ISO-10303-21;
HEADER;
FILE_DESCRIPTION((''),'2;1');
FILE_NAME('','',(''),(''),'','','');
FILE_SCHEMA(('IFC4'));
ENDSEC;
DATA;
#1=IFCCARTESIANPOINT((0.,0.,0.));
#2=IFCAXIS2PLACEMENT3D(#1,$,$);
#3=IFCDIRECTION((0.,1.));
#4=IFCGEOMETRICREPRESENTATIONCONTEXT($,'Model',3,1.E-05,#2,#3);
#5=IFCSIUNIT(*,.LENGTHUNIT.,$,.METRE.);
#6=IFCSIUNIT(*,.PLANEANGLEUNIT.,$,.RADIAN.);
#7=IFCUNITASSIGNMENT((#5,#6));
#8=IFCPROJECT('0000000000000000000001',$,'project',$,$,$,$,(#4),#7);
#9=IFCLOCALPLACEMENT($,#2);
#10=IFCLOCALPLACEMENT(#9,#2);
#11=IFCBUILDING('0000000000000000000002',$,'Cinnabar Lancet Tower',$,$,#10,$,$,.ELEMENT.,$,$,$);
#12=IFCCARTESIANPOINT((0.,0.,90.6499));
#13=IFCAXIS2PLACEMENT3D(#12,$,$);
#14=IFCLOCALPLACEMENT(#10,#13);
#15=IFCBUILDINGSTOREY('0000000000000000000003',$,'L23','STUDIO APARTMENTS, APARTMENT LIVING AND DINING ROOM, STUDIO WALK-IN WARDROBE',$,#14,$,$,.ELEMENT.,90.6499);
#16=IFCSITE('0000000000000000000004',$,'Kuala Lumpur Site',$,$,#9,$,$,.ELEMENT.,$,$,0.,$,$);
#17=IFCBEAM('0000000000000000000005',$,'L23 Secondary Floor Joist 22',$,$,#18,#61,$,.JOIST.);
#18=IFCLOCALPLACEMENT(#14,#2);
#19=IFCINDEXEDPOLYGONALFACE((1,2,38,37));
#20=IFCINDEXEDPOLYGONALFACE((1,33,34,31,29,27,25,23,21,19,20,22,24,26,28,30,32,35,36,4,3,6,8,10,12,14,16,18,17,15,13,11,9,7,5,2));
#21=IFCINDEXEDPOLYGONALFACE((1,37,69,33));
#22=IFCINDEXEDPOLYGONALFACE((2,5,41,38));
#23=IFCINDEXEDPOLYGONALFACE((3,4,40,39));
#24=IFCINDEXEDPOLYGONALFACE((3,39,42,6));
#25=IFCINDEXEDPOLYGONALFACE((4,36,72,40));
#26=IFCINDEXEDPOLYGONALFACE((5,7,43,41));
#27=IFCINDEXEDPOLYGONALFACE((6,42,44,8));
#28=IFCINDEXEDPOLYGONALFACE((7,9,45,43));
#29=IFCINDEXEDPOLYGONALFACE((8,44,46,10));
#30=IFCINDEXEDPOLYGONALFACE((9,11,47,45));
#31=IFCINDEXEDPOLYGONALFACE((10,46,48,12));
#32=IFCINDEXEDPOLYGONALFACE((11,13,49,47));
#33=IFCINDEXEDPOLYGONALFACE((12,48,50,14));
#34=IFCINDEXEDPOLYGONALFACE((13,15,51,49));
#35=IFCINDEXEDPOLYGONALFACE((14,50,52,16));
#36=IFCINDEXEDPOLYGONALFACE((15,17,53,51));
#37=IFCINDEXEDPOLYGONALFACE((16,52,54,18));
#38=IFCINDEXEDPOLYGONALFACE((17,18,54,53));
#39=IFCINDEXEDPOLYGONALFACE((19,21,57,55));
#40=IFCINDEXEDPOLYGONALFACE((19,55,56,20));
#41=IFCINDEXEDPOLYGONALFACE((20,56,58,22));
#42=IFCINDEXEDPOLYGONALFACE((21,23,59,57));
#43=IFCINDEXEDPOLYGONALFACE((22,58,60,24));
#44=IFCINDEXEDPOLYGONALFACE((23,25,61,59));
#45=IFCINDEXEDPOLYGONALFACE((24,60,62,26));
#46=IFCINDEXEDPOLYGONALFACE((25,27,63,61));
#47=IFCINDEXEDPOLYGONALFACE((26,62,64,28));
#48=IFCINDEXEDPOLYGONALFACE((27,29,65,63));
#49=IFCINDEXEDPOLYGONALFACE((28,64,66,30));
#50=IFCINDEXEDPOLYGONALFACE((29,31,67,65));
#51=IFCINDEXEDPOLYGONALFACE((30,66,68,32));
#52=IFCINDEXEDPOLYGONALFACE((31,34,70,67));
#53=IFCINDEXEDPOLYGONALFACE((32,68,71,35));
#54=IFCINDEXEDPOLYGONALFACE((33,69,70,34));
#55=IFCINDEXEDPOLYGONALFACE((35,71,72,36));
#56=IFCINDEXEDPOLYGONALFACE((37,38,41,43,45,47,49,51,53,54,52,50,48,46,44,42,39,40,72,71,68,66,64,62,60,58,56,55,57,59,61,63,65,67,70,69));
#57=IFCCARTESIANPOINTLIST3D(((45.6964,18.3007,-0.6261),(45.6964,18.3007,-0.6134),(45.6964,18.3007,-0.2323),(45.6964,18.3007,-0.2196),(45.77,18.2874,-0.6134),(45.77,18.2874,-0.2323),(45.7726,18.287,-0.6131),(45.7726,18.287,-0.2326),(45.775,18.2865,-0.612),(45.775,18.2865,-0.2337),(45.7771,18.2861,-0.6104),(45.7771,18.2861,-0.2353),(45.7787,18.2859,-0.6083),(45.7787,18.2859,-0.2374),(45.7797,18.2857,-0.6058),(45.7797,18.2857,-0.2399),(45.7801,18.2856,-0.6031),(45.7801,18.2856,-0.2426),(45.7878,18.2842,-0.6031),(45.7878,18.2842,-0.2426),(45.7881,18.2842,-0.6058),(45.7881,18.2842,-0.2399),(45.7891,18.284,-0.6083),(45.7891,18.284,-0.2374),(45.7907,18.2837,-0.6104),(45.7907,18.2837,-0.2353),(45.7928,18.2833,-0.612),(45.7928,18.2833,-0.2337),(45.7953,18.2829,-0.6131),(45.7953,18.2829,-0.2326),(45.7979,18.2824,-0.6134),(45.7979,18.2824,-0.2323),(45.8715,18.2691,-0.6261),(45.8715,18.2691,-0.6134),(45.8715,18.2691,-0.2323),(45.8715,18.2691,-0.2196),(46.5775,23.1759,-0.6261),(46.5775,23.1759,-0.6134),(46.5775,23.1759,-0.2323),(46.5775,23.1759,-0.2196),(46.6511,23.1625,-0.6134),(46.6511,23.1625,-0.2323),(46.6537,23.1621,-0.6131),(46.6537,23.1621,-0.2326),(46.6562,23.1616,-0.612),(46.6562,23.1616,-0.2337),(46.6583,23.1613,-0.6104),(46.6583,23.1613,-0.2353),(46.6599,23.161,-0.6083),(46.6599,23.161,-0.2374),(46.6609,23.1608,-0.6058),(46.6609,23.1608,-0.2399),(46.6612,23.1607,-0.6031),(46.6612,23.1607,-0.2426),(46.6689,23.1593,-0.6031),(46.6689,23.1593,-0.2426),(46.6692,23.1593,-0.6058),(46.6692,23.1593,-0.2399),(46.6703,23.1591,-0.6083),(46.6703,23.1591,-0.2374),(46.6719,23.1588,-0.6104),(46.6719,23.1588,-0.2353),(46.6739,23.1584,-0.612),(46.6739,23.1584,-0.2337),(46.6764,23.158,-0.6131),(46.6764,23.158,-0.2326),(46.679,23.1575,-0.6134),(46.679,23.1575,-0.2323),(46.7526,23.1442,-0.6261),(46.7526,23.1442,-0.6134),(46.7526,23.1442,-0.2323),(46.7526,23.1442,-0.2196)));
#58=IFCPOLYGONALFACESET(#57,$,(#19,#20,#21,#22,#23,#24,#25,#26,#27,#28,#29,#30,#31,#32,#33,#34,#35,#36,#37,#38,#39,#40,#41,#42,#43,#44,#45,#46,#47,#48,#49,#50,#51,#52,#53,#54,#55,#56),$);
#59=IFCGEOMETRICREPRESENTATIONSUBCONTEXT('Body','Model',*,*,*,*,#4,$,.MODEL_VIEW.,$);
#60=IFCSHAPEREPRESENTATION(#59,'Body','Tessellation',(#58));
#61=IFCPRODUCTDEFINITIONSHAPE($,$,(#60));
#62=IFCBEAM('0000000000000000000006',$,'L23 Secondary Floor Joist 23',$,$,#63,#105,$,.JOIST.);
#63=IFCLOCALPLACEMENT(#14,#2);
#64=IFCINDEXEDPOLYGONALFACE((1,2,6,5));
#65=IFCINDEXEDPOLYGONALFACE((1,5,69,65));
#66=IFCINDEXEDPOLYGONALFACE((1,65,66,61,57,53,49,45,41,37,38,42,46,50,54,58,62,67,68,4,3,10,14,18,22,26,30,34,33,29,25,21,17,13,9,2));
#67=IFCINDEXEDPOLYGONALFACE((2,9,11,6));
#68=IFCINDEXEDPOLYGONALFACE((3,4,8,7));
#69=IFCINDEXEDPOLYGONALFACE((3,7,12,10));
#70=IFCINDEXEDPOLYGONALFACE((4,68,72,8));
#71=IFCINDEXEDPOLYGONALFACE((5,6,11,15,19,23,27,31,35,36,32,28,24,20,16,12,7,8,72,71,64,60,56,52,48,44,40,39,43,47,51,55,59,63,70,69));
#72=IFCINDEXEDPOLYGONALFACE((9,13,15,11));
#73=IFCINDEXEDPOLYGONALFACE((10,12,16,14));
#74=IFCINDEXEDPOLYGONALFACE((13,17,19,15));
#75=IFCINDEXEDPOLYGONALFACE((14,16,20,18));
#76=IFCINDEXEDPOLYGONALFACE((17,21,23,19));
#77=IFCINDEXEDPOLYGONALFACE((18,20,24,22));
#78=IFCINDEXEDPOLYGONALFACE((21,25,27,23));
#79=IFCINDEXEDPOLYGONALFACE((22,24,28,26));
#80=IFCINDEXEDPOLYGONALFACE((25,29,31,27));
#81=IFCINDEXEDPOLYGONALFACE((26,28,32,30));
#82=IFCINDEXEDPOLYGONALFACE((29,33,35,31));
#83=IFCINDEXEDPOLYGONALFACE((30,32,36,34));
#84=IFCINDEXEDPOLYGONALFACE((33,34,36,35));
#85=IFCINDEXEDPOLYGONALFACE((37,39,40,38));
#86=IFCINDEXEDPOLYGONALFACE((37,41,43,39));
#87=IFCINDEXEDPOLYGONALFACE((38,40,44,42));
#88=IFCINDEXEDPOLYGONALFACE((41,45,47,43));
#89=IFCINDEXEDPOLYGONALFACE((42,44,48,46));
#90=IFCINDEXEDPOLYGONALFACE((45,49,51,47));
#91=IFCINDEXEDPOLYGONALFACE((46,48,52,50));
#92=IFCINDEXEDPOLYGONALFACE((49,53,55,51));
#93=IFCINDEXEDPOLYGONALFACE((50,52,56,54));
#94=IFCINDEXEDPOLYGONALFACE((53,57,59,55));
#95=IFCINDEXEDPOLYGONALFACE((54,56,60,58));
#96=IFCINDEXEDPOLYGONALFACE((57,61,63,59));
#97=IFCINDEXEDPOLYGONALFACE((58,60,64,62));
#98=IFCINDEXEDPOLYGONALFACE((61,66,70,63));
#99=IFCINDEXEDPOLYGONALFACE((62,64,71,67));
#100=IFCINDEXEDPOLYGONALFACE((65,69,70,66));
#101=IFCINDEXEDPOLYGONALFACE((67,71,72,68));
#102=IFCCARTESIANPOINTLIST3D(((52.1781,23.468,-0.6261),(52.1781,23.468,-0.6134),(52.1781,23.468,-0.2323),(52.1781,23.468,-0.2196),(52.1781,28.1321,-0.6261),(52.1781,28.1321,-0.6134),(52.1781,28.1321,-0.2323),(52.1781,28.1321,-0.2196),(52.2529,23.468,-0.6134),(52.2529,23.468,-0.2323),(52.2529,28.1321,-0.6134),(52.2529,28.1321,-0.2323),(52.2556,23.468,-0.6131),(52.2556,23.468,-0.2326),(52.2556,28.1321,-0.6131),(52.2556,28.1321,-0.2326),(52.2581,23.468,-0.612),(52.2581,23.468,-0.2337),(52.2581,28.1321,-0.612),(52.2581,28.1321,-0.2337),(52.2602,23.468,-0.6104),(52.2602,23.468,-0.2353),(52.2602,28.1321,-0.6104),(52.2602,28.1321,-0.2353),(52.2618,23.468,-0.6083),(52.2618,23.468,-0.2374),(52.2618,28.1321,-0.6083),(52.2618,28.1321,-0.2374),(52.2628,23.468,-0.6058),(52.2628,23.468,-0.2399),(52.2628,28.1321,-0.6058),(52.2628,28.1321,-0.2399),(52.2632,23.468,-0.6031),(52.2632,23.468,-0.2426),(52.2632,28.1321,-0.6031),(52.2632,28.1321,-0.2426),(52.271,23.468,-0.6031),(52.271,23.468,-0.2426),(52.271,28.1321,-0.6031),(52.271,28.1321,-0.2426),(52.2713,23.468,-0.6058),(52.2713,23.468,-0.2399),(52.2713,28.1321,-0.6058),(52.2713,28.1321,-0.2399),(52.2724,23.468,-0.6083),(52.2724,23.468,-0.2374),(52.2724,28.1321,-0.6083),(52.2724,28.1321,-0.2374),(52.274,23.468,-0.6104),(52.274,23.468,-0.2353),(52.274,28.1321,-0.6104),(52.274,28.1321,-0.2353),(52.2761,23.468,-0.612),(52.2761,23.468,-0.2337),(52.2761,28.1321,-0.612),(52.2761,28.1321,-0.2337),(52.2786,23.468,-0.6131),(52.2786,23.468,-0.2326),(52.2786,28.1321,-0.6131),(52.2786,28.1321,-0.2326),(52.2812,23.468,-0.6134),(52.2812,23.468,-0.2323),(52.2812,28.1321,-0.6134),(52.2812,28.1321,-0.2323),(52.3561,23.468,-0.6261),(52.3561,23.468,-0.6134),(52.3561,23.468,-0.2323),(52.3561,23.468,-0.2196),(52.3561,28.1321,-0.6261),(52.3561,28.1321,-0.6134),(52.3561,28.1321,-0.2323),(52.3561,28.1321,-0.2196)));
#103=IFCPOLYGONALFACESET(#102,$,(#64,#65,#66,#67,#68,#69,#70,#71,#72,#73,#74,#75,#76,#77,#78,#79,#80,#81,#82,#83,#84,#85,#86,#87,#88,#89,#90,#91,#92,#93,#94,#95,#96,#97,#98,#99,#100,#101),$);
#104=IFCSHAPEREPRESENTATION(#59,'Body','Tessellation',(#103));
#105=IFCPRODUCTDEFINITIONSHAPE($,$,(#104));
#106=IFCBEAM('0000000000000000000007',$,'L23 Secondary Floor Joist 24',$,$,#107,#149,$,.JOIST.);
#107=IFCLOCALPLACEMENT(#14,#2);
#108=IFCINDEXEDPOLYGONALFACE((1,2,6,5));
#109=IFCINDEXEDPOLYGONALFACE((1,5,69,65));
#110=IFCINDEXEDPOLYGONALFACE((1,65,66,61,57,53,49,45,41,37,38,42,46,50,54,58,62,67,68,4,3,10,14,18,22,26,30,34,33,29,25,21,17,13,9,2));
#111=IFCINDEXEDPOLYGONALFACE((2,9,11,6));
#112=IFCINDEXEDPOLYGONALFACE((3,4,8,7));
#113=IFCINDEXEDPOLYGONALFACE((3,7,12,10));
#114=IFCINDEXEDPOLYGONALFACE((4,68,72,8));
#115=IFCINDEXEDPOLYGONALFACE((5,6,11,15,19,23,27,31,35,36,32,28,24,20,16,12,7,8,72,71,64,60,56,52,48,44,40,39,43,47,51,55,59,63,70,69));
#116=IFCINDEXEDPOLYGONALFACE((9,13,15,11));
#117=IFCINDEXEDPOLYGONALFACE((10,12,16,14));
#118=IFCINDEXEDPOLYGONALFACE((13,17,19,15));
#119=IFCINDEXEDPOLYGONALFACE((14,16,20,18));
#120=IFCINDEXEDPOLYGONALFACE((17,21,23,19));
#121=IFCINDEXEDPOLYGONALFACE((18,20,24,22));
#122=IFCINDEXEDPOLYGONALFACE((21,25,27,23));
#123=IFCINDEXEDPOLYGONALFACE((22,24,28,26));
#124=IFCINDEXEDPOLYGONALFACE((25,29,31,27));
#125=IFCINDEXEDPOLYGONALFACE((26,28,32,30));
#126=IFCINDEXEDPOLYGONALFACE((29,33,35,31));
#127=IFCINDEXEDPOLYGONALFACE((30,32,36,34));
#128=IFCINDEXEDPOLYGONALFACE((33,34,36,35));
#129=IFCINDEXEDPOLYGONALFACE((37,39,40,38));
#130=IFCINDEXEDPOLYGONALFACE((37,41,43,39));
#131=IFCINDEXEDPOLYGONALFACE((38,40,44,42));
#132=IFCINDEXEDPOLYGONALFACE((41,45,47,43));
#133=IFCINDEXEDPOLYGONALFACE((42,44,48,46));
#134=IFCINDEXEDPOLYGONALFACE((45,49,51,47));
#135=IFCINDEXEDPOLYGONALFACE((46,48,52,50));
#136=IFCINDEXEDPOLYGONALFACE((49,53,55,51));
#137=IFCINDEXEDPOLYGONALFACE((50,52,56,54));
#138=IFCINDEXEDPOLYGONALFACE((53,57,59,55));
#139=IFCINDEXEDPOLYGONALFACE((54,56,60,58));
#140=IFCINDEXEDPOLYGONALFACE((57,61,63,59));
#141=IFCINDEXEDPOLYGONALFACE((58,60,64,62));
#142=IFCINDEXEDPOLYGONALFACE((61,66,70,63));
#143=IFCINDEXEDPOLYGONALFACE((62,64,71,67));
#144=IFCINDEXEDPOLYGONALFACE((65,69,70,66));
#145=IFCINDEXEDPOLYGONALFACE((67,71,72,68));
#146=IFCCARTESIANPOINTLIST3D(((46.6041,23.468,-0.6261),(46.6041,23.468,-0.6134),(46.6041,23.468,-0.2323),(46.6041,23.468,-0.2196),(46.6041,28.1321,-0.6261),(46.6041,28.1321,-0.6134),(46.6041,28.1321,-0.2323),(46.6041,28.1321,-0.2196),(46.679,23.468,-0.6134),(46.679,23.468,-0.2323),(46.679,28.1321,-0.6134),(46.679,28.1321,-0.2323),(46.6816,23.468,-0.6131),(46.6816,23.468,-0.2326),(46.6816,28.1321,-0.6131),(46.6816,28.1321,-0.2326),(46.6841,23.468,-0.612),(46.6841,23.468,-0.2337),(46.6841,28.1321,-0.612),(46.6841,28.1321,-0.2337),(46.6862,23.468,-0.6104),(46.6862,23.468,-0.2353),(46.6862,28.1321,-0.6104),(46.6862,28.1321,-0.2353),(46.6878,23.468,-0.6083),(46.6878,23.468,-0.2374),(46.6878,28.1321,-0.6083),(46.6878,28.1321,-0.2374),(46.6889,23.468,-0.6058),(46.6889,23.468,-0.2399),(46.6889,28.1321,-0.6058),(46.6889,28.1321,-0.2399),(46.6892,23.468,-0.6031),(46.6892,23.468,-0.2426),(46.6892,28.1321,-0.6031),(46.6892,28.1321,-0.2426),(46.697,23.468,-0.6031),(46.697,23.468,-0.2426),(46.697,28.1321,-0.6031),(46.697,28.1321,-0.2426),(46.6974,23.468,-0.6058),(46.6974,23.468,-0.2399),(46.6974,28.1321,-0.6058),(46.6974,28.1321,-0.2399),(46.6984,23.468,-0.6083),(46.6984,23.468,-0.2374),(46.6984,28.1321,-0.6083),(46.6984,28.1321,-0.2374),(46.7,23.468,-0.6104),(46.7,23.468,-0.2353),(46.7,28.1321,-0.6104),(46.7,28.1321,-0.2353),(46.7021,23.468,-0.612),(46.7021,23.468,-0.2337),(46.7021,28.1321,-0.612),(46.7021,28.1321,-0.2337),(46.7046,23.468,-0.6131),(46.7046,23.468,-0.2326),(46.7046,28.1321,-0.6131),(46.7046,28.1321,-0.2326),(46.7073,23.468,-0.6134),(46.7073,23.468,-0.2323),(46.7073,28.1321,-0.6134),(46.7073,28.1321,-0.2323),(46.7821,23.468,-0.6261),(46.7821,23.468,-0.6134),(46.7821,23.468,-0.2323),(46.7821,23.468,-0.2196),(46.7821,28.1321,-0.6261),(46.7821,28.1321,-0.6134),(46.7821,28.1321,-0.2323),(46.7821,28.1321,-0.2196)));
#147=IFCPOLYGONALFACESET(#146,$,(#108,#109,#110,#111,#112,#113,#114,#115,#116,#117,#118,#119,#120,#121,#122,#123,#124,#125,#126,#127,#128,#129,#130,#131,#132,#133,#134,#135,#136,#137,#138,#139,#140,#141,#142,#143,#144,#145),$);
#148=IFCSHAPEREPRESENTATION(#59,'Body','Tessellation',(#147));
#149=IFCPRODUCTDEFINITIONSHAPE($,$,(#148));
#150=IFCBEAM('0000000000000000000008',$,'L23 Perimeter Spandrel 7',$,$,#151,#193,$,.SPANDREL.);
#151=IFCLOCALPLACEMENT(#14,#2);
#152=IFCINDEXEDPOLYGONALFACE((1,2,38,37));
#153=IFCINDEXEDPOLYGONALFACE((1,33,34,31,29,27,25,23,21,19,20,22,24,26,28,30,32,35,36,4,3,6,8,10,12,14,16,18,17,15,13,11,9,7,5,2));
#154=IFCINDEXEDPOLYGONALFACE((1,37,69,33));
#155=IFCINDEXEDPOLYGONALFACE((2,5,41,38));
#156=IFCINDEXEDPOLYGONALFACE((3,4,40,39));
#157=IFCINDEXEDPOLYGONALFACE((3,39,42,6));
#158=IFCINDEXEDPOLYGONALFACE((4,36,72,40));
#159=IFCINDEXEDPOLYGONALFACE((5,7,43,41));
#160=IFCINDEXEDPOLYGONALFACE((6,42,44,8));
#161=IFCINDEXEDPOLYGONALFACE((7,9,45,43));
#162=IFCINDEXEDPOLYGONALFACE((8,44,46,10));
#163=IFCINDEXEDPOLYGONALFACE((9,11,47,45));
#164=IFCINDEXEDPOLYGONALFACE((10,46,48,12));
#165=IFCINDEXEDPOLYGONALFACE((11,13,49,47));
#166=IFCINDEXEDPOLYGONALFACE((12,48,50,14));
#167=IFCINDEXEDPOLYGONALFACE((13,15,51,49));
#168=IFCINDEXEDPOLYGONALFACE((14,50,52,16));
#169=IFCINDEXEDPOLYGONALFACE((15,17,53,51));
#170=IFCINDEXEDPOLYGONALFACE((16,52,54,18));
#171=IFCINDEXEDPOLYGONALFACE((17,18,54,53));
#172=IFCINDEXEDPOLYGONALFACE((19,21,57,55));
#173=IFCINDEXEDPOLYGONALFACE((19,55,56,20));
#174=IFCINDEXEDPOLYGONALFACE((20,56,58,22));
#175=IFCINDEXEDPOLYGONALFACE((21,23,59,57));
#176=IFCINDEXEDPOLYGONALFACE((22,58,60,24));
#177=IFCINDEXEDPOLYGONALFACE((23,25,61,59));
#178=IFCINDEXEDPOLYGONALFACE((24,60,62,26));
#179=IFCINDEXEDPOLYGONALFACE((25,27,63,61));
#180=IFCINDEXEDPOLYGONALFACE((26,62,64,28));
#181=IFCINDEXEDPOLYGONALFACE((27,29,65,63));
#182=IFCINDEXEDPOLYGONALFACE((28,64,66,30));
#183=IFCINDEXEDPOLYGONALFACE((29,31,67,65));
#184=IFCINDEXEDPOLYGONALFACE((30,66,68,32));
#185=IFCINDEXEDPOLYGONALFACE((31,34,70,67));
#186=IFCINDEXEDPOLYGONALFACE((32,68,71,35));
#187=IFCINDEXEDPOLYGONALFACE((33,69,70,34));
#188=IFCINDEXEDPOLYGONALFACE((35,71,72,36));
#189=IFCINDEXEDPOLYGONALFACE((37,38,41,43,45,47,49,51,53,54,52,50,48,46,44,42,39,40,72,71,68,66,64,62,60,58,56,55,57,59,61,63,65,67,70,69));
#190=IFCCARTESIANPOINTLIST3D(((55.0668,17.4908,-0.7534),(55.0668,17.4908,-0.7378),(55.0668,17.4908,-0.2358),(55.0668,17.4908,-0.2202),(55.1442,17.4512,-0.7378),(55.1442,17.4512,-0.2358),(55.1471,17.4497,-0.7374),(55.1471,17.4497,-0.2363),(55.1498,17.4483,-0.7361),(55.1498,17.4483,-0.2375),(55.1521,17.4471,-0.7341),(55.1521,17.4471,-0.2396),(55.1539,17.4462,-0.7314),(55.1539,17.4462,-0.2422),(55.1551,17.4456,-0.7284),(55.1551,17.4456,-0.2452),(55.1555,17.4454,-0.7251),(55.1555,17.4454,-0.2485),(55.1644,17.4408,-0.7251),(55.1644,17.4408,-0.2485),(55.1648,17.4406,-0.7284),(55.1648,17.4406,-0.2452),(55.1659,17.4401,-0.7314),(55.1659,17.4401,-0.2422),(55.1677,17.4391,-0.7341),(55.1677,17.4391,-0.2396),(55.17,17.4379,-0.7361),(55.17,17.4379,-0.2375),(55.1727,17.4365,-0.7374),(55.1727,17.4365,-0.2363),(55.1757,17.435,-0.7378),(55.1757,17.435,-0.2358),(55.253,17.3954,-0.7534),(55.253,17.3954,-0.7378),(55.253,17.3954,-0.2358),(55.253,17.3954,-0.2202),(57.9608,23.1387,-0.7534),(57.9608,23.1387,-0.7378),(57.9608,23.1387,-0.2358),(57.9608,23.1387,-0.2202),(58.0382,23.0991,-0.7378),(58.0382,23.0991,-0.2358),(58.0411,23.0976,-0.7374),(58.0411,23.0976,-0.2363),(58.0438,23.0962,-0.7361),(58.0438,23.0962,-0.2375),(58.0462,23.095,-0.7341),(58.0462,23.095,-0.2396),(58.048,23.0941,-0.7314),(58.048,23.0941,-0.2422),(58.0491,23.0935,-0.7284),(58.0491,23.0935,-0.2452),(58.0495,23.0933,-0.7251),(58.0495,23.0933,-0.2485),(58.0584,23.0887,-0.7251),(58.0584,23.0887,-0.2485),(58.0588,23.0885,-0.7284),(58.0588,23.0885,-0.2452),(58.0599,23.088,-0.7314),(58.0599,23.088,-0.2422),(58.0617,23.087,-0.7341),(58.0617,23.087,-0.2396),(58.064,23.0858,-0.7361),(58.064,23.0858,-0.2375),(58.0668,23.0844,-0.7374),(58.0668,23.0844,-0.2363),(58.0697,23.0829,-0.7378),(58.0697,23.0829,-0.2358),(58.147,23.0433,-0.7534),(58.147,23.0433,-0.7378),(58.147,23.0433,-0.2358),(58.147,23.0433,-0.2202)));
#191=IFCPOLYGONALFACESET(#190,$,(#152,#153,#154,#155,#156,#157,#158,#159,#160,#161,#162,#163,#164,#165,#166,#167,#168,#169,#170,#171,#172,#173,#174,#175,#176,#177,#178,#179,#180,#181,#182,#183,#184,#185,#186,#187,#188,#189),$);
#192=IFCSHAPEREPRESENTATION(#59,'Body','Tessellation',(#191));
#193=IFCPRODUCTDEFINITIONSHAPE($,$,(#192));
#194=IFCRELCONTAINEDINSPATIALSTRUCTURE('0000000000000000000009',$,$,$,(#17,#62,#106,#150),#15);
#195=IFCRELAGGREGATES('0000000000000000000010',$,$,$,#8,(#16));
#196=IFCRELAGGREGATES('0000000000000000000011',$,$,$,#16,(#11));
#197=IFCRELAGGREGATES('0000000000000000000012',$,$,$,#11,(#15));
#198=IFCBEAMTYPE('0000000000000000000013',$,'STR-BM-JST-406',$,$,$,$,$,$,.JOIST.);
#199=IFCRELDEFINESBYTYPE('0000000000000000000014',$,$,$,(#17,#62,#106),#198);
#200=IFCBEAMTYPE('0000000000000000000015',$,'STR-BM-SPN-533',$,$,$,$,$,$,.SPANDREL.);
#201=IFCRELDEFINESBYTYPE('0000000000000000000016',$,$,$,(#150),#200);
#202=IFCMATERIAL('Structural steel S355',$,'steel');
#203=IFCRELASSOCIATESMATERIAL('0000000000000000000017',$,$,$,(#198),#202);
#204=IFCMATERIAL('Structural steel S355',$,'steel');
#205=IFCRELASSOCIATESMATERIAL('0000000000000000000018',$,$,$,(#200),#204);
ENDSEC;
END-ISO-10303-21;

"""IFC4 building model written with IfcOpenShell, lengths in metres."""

from ifc_helpers import new_model, si_unit, direction, frame, origin, origin_2d, place, context, subcontext, project, spatial, i_section, extrude, material, material_profile, profile_set, type_object, element, save


model = new_model("IFC4")

# Units and contexts
model_context = context("Model", 3, precision=1e-05, world=origin(), true_north=direction((0.0, 1.0)))
body_context = subcontext(model_context, "Body", "Model", "MODEL_VIEW")
ifc_project = project(units=[si_unit("LENGTHUNIT", "METRE"), si_unit("PLANEANGLEUNIT", "RADIAN")], contexts=[model_context])

# Site, building, storey
site_placement = place(None, origin())
site = spatial("IfcSite", under=ifc_project, at=site_placement, Name="Kuala Lumpur Site", CompositionType="ELEMENT", RefElevation=0.0)
building_placement = place(site_placement, origin())
building = spatial("IfcBuilding", under=site, at=building_placement, Name="Cinnabar Lancet Tower", CompositionType="ELEMENT")
storey_placement = place(building_placement, frame((0.0, 0.0, 90.6499)))
storey = spatial("IfcBuildingStorey", under=building, at=storey_placement, Name="L23", Description="STUDIO APARTMENTS, APARTMENT LIVING AND DINING ROOM, STUDIO WALK-IN WARDROBE", CompositionType="ELEMENT", Elevation=90.6499)

# Beams
ifc_material_1 = material(Name="Structural steel S355", Category="steel")
ifc_material_profile_1 = material_profile(ifc_material_1, i_section(OverallWidth=0.178, OverallDepth=0.4065, WebThickness=0.0078, FlangeThickness=0.0127, FilletRadius=0.0103, at=origin_2d()), Name="UKB 406x178x60")
ifc_profile_set_1 = profile_set([ifc_material_profile_1], Name="Structural steel S355")
beam_type_1 = type_object("IfcBeamType", Name="STR-BM-JST-406", PredefinedType="JOIST", material=ifc_profile_set_1)
beam_1_placement = place(storey_placement, frame((45.7839, 18.2849, -0.4229), z_axis=(0.177858, 0.984056, 0.0), x_axis=(-0.984056, 0.177858, 0.0)))
element("IfcBeam", 1, at=beam_1_placement, inside=storey, type_object=beam_type_1, Name="L23 Secondary Floor Joist 22", PredefinedType="JOIST", context=body_context, shape_type="SweptSolid", body=[
    extrude(i_section(OverallWidth=0.178, OverallDepth=0.4065, WebThickness=0.0078, FlangeThickness=0.0127, FilletRadius=0.0103, at=origin_2d()), origin(), (0.0, 0.0, 1.0), 4.9541),
])
for number, where, z_axis, x_axis, name in (
    (2, (52.2671, 23.468, -0.4229), (0.0, 1.0, 0.0), (-1.0, 0.0, 0.0), "L23 Secondary Floor Joist 23"),
    (3, (46.6931, 23.468, -0.4229), (0.0, 1.0, 0.0), (-1.0, 0.0, 0.0), "L23 Secondary Floor Joist 24"),
):
    element("IfcBeam", number, at=place(storey_placement, frame(where, z_axis=z_axis, x_axis=x_axis)), inside=storey, type_object=beam_type_1, Name=name, PredefinedType="JOIST", context=body_context, shape_type="SweptSolid", body=[
        extrude(i_section(OverallWidth=0.178, OverallDepth=0.4065, WebThickness=0.0078, FlangeThickness=0.0127, FilletRadius=0.0103, at=origin_2d()), origin(), (0.0, 0.0, 1.0), 4.6641),
    ])
ifc_material_2 = material(Name="Structural steel S355", Category="steel")
ifc_material_profile_2 = material_profile(ifc_material_2, i_section(OverallWidth=0.2092, OverallDepth=0.5332, WebThickness=0.01, FlangeThickness=0.0156, FilletRadius=0.0127, at=origin_2d()), Name="UKB 533x210x92")
ifc_profile_set_2 = profile_set([ifc_material_profile_2], Name="Structural steel S355")
beam_type_2 = type_object("IfcBeamType", Name="STR-BM-SPN-533", PredefinedType="SPANDREL", material=ifc_profile_set_2)
beam_2_placement = place(storey_placement, frame((55.1599, 17.4431, -0.4868), z_axis=(0.456025, 0.889967, 0.0), x_axis=(-0.889967, 0.456025, 0.0)))
element("IfcBeam", 4, at=beam_2_placement, inside=storey, type_object=beam_type_2, Name="L23 Perimeter Spandrel 7", PredefinedType="SPANDREL", context=body_context, shape_type="SweptSolid", body=[
    extrude(i_section(OverallWidth=0.2092, OverallDepth=0.5332, WebThickness=0.01, FlangeThickness=0.0156, FilletRadius=0.0127, at=origin_2d()), origin(), (0.0, 0.0, 1.0), 6.3462),
])

save(model, "model.ifc")
